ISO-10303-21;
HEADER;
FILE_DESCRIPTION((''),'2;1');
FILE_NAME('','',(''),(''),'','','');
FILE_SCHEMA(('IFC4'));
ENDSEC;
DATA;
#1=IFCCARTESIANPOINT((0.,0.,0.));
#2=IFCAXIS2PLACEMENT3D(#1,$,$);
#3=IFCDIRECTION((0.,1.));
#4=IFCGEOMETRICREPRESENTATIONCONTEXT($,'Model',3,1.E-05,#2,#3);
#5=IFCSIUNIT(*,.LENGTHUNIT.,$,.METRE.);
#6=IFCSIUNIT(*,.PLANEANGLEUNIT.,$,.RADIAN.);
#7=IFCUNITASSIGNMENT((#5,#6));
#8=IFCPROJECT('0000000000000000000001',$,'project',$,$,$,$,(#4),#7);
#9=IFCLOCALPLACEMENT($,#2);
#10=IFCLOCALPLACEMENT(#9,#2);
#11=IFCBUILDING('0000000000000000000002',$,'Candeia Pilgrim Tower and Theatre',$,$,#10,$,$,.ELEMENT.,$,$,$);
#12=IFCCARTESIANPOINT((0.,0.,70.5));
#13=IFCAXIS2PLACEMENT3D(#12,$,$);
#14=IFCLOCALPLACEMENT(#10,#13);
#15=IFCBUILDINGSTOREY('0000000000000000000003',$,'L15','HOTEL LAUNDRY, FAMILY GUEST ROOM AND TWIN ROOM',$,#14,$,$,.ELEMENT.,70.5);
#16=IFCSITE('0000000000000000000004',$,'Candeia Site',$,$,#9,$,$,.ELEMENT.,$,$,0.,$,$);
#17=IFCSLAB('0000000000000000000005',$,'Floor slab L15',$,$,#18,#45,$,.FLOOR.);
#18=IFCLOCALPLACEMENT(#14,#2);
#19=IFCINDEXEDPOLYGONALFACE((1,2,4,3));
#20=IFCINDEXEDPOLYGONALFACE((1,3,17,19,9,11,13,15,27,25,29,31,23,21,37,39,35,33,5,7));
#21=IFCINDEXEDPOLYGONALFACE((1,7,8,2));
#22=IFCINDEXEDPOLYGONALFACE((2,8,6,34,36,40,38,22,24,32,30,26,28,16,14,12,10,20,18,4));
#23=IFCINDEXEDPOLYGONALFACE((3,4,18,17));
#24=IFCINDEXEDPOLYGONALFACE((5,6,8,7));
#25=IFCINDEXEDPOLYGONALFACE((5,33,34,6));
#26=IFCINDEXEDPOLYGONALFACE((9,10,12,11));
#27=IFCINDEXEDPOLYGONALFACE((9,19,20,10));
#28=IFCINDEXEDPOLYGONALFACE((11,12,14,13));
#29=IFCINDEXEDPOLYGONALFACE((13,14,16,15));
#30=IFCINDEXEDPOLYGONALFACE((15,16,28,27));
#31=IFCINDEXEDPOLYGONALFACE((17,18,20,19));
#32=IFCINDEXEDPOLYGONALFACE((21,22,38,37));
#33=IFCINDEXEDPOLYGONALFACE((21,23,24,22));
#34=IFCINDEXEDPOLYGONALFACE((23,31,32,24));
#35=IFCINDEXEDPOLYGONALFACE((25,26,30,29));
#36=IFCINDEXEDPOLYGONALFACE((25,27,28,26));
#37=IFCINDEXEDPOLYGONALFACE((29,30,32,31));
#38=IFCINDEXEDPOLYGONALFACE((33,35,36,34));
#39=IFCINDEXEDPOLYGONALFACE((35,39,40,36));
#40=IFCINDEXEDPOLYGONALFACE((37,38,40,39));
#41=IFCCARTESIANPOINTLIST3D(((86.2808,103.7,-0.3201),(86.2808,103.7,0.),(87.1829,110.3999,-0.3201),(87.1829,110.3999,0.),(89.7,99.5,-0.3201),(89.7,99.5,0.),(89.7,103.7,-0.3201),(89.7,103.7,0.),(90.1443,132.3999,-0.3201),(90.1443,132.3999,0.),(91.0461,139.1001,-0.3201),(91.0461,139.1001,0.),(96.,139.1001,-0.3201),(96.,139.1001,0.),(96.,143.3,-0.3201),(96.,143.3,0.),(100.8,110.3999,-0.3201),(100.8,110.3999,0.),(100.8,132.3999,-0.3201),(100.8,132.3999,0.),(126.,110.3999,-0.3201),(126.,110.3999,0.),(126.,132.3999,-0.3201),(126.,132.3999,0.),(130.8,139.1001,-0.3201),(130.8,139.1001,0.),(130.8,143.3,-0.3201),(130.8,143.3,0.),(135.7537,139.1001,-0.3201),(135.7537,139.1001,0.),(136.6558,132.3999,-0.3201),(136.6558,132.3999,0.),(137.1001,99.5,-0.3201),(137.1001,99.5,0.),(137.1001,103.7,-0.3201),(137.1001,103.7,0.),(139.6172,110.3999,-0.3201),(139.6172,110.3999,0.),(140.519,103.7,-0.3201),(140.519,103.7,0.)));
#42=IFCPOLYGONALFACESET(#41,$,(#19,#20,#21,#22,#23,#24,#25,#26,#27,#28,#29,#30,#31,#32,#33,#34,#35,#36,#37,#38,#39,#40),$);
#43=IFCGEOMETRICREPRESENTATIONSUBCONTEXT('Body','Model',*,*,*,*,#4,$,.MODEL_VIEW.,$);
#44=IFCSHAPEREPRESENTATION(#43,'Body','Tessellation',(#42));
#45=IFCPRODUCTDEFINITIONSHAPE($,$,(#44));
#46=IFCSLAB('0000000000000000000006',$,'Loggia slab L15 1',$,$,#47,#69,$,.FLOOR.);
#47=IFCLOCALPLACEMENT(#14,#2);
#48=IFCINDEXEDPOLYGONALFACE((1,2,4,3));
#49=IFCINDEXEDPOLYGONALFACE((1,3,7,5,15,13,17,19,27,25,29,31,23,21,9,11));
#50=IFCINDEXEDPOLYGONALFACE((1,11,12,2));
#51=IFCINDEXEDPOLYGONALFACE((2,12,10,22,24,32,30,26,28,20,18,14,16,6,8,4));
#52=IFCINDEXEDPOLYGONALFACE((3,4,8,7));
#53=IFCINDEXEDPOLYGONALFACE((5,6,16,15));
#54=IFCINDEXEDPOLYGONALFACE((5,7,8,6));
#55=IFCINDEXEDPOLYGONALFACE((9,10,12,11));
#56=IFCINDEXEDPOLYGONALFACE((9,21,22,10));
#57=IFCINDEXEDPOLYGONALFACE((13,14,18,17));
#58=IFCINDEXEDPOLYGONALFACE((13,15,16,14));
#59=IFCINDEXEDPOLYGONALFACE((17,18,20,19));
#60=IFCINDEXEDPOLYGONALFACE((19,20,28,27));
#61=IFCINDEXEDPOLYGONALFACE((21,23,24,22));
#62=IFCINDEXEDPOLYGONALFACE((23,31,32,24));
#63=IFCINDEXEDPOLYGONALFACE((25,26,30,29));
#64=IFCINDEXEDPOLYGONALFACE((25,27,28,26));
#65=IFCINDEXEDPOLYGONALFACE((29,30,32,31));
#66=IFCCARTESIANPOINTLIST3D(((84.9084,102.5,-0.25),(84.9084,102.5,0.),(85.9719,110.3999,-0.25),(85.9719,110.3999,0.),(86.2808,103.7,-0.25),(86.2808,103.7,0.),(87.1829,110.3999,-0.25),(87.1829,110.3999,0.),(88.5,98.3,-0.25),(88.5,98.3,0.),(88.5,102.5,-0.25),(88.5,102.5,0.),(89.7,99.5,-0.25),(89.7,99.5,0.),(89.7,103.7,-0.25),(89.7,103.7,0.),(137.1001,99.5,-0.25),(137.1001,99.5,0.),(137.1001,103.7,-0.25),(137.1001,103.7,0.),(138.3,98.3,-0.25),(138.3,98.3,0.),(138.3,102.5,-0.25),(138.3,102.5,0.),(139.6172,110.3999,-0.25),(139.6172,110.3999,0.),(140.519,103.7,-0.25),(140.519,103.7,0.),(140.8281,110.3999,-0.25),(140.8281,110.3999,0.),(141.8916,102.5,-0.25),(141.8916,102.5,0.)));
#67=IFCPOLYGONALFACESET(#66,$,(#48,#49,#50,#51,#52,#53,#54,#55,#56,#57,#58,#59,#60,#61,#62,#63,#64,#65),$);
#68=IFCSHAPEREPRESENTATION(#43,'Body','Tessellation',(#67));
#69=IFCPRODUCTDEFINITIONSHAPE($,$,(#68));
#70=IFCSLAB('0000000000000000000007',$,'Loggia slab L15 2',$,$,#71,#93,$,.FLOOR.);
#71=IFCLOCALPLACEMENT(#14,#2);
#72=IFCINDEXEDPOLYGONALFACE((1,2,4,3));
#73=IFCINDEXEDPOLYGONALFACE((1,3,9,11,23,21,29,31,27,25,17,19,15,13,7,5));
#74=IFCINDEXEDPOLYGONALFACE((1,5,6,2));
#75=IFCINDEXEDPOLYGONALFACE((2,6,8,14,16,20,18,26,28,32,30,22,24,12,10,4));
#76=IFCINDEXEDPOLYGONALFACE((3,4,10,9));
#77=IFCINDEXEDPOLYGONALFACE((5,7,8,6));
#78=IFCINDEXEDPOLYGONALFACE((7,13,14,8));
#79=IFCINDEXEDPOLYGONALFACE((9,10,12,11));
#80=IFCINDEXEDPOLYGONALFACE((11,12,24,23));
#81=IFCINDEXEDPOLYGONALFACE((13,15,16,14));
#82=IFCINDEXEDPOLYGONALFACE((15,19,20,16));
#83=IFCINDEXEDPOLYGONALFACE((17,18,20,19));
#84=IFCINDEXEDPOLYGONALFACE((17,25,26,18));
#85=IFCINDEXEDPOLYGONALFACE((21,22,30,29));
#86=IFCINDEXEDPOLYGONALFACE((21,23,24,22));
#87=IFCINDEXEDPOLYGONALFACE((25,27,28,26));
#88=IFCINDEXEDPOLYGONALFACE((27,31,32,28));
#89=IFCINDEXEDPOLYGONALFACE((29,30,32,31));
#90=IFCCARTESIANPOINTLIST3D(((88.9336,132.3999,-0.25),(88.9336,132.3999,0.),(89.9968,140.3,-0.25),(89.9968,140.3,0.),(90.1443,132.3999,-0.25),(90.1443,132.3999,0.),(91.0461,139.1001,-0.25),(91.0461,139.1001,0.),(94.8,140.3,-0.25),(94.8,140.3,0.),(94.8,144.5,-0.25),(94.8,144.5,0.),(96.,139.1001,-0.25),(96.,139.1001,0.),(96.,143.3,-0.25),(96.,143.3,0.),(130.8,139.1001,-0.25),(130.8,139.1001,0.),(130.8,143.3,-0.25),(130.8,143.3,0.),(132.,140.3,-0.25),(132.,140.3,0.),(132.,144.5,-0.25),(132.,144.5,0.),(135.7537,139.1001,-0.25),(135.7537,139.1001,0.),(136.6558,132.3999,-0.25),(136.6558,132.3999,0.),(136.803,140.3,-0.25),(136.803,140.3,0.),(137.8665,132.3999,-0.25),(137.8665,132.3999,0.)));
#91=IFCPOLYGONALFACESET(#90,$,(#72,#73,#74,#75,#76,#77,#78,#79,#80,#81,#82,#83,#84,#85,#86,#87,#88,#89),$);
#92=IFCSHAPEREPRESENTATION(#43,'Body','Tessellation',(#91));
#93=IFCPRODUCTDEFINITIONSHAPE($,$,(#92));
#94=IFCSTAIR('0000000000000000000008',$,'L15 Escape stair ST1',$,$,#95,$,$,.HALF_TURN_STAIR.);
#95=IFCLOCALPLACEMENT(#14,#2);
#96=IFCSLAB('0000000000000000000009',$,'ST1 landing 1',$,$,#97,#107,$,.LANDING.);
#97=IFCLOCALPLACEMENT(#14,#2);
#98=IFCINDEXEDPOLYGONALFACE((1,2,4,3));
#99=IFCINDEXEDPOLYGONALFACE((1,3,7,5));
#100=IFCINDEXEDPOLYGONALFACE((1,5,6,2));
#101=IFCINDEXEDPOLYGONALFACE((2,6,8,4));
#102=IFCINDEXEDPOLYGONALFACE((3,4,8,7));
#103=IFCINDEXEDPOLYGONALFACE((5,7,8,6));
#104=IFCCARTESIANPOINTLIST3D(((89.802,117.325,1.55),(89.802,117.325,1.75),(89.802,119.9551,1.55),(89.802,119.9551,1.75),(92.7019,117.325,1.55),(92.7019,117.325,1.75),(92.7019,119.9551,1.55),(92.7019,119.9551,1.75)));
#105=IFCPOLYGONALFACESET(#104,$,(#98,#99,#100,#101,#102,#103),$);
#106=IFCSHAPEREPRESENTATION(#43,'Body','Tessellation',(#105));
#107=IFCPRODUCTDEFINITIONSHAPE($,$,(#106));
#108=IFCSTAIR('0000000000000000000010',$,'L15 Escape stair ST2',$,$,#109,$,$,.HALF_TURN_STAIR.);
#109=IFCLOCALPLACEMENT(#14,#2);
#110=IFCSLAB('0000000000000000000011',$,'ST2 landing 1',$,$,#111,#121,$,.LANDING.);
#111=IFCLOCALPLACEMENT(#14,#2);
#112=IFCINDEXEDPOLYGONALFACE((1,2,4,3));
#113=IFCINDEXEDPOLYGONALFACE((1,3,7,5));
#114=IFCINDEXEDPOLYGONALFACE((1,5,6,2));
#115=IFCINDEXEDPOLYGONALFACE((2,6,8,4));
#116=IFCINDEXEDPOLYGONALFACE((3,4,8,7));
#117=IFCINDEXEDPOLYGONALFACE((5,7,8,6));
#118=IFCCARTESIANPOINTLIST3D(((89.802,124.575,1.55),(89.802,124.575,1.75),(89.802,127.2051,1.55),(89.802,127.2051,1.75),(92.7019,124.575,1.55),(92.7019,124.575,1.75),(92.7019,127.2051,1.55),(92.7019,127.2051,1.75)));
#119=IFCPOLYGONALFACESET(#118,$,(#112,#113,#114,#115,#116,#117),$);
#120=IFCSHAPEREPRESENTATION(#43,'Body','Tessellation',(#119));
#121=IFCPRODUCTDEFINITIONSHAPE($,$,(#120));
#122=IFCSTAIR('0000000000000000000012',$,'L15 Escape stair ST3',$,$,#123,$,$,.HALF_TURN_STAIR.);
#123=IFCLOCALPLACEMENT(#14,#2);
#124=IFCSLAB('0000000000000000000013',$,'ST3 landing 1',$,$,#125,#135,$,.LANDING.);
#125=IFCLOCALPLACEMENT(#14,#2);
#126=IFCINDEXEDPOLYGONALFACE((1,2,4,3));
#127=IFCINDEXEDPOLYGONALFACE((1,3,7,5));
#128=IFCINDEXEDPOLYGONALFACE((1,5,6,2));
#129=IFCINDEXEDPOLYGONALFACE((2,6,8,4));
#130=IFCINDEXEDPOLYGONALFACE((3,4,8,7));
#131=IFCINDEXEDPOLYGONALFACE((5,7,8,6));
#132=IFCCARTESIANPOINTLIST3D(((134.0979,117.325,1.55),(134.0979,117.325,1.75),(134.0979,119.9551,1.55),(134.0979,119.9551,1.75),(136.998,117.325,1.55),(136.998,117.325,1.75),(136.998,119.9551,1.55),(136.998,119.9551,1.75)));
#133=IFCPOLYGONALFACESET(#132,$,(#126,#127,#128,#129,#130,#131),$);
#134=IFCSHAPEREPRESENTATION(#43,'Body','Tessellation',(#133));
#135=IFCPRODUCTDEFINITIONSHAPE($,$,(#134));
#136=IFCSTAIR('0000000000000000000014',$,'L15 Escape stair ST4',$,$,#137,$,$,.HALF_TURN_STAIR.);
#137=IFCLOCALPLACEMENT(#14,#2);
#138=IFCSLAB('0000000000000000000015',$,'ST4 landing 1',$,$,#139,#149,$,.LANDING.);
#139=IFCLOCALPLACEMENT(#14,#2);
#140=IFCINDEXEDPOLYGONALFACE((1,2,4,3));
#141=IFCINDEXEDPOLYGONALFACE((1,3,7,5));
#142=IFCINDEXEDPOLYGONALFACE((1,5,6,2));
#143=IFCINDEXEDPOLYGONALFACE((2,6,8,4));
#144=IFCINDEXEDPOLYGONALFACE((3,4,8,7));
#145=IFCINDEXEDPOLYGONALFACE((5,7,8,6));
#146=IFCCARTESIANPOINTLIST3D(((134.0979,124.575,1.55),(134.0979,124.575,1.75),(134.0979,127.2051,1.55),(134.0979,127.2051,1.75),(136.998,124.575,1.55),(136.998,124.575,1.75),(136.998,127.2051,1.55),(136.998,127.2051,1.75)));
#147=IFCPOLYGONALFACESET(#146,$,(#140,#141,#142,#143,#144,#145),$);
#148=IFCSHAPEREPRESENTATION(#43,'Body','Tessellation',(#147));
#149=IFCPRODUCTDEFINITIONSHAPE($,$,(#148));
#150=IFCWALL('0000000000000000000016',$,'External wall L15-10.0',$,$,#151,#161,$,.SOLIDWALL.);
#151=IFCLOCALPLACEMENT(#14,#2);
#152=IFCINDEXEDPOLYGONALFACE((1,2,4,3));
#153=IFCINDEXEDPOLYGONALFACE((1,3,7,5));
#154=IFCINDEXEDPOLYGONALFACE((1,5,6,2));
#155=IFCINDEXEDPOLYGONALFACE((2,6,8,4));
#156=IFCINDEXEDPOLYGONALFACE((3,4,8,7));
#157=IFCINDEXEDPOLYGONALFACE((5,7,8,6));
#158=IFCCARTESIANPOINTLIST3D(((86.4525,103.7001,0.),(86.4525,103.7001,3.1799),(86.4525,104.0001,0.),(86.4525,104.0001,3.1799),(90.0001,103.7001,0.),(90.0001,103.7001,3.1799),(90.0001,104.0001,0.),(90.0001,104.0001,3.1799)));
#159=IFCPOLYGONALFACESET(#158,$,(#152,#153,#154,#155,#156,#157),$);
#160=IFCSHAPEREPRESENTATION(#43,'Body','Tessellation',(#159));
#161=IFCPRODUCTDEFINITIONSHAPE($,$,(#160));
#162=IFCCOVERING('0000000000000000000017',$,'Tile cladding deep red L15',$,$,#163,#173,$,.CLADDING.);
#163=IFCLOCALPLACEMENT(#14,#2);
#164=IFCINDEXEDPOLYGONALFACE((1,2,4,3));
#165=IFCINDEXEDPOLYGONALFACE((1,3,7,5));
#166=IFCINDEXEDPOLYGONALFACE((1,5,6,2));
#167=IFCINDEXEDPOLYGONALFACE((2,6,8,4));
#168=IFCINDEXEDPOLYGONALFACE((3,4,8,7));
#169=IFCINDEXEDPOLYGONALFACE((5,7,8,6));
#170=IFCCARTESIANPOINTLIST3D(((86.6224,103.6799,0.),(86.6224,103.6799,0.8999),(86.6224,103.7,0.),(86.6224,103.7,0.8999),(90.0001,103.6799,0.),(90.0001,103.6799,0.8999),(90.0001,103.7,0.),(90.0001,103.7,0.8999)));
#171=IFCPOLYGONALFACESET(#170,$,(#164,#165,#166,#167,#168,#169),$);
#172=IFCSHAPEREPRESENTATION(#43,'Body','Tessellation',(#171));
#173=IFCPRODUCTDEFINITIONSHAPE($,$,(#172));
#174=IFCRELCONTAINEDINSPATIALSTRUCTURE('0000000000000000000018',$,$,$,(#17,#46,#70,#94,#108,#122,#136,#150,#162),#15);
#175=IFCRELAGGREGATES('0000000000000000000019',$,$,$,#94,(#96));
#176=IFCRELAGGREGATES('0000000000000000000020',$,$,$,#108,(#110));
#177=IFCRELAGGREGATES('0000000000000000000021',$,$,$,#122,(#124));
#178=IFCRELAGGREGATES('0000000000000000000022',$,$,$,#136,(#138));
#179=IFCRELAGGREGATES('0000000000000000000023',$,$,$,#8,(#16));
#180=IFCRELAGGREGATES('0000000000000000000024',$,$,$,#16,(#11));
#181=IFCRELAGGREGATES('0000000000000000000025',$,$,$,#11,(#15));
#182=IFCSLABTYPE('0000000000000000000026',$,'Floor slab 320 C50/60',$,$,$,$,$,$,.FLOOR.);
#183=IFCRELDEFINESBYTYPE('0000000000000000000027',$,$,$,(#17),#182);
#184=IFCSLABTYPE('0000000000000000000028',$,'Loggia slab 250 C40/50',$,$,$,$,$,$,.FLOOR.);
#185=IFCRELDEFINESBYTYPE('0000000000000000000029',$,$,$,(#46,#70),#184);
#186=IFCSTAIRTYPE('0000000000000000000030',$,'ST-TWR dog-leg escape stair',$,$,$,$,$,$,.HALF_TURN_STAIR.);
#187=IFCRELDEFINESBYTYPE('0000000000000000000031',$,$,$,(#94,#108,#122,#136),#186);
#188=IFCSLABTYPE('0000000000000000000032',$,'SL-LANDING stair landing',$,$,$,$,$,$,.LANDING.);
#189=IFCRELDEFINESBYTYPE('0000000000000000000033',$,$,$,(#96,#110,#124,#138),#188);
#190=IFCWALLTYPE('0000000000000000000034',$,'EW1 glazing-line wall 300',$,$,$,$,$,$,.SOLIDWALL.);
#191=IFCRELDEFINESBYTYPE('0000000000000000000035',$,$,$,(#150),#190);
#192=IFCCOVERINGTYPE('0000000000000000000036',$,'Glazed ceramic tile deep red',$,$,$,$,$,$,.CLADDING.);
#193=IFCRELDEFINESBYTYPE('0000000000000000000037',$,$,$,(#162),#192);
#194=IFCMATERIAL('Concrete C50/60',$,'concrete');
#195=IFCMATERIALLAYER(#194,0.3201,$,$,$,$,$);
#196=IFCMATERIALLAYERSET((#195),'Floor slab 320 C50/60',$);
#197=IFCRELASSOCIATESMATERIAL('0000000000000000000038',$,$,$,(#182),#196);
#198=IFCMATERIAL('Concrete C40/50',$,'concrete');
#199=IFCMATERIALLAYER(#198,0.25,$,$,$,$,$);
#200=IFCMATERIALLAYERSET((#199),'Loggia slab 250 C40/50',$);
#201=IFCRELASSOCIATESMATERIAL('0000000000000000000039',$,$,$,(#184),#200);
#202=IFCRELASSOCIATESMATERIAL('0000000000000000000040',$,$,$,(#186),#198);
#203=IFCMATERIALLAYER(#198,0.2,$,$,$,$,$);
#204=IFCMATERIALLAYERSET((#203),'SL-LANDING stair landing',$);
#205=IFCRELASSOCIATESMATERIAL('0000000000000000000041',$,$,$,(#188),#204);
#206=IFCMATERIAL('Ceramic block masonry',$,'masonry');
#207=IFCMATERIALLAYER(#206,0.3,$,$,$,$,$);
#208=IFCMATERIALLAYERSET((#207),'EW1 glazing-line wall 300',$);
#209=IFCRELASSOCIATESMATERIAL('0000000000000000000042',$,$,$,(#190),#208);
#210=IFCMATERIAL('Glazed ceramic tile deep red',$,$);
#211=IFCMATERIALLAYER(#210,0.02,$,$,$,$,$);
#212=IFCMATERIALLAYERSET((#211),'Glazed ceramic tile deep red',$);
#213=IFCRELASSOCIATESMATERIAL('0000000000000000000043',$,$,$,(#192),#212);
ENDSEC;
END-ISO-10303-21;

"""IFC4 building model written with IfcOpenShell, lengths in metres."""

from ifc_helpers import new_model, si_unit, direction, frame, frame_2d, origin, origin_2d, place, context, subcontext, project, spatial, polyline, rectangle, outline, extrude, material, layer, layer_set, type_object, element, aggregate, save


model = new_model("IFC4")

# Units and contexts
model_context = context("Model", 3, precision=1e-05, world=origin(), true_north=direction((0.0, 1.0)))
body_context = subcontext(model_context, "Body", "Model", "MODEL_VIEW")
ifc_project = project(units=[si_unit("LENGTHUNIT", "METRE"), si_unit("PLANEANGLEUNIT", "RADIAN")], contexts=[model_context])

# Site, building, storey
site_placement = place(None, origin())
site = spatial("IfcSite", under=ifc_project, at=site_placement, Name="Candeia Site", CompositionType="ELEMENT", RefElevation=0.0)
building_placement = place(site_placement, origin())
building = spatial("IfcBuilding", under=site, at=building_placement, Name="Candeia Pilgrim Tower and Theatre", CompositionType="ELEMENT")
storey_placement = place(building_placement, frame((0.0, 0.0, 70.5)))
storey = spatial("IfcBuildingStorey", under=building, at=storey_placement, Name="L15", Description="HOTEL LAUNDRY, FAMILY GUEST ROOM AND TWIN ROOM", CompositionType="ELEMENT", Elevation=70.5)

# Slabs
ifc_material_1 = material(Name="Concrete C40/50", Category="concrete")
ifc_material_2 = material(Name="Concrete C50/60", Category="concrete")
ifc_layer_1 = layer(ifc_material_2, 0.3201)
ifc_layer_set_1 = layer_set([ifc_layer_1], Name="Floor slab 320 C50/60")
slab_type_1 = type_object("IfcSlabType", Name="Floor slab 320 C50/60", PredefinedType="FLOOR", material=ifc_layer_set_1)
slab_1_placement = place(storey_placement, frame((0.0, 0.0, -0.3201)))
element("IfcSlab", 1, at=slab_1_placement, inside=storey, type_object=slab_type_1, Name="Floor slab L15", PredefinedType="FLOOR", context=body_context, shape_type="SweptSolid", body=[
    extrude(outline(polyline([(96.0, 139.1001), (96.0, 143.3), (130.8, 143.3), (130.8, 139.1001), (135.7537, 139.1001), (136.6558, 132.3999), (126.0, 132.3999), (126.0, 110.3999), (139.6172, 110.3999), (140.519, 103.7), (137.1001, 103.7), (137.1001, 99.5), (89.7, 99.5), (89.7, 103.7), (86.2808, 103.7), (87.1829, 110.3999), (100.8, 110.3999), (100.8, 132.3999), (90.1443, 132.3999), (91.0461, 139.1001), (96.0, 139.1001)])), origin(), (0.0, 0.0, 1.0), 0.3201),
])
ifc_layer_2 = layer(ifc_material_1, 0.25)
ifc_layer_set_2 = layer_set([ifc_layer_2], Name="Loggia slab 250 C40/50")
slab_type_2 = type_object("IfcSlabType", Name="Loggia slab 250 C40/50", PredefinedType="FLOOR", material=ifc_layer_set_2)
slab_2_placement = place(storey_placement, frame((0.0, 0.0, -0.25)))
element("IfcSlab", 2, at=slab_2_placement, inside=storey, type_object=slab_type_2, Name="Loggia slab L15 1", PredefinedType="FLOOR", context=body_context, shape_type="SweptSolid", body=[
    extrude(outline(polyline([(87.1829, 110.3999), (86.2808, 103.7), (89.7, 103.7), (89.7, 99.5), (137.1001, 99.5), (137.1001, 103.7), (140.519, 103.7), (139.6172, 110.3999), (140.8281, 110.3999), (141.8916, 102.5), (138.3, 102.5), (138.3, 98.3), (88.5, 98.3), (88.5, 102.5), (84.9084, 102.5), (85.9719, 110.3999), (87.1829, 110.3999)])), origin(), (0.0, 0.0, 1.0), 0.25),
])
slab_3_placement = place(storey_placement, frame((0.0, 0.0, -0.25)))
element("IfcSlab", 3, at=slab_3_placement, inside=storey, type_object=slab_type_2, Name="Loggia slab L15 2", PredefinedType="FLOOR", context=body_context, shape_type="SweptSolid", body=[
    extrude(outline(polyline([(136.6558, 132.3999), (135.7537, 139.1001), (130.8, 139.1001), (130.8, 143.3), (96.0, 143.3), (96.0, 139.1001), (91.0461, 139.1001), (90.1443, 132.3999), (88.9336, 132.3999), (89.9968, 140.3), (94.8, 140.3), (94.8, 144.5), (132.0, 144.5), (132.0, 140.3), (136.803, 140.3), (137.8665, 132.3999), (136.6558, 132.3999)])), origin(), (0.0, 0.0, 1.0), 0.25),
])

# Stairs, slabs
stair_type = type_object("IfcStairType", Name="ST-TWR dog-leg escape stair", PredefinedType="HALF_TURN_STAIR", material=ifc_material_1)
stair_1_placement = place(storey_placement, origin())
stair_1 = element("IfcStair", 4, at=stair_1_placement, inside=storey, type_object=stair_type, Name="L15 Escape stair ST1", PredefinedType="HALF_TURN_STAIR")
ifc_layer_3 = layer(ifc_material_1, 0.2)
ifc_layer_set_3 = layer_set([ifc_layer_3], Name="SL-LANDING stair landing")
slab_type_3 = type_object("IfcSlabType", Name="SL-LANDING stair landing", PredefinedType="LANDING", material=ifc_layer_set_3)
slab_4_placement = place(storey_placement, frame((0.0, 0.0, 1.55)))
slab_4 = element("IfcSlab", 5, at=slab_4_placement, type_object=slab_type_3, Name="ST1 landing 1", PredefinedType="LANDING", context=body_context, shape_type="SweptSolid", body=[
    extrude(outline(polyline([(89.802, 119.9551), (89.802, 117.325), (92.7019, 117.325), (92.7019, 119.9551), (89.802, 119.9551)])), origin(), (0.0, 0.0, 1.0), 0.2),
])
aggregate(stair_1, [slab_4])
stair_2_placement = place(storey_placement, origin())
stair_2 = element("IfcStair", 6, at=stair_2_placement, inside=storey, type_object=stair_type, Name="L15 Escape stair ST2", PredefinedType="HALF_TURN_STAIR")
slab_5_placement = place(storey_placement, frame((0.0, 0.0, 1.55)))
slab_5 = element("IfcSlab", 7, at=slab_5_placement, type_object=slab_type_3, Name="ST2 landing 1", PredefinedType="LANDING", context=body_context, shape_type="SweptSolid", body=[
    extrude(outline(polyline([(89.802, 127.2051), (89.802, 124.575), (92.7019, 124.575), (92.7019, 127.2051), (89.802, 127.2051)])), origin(), (0.0, 0.0, 1.0), 0.2),
])
aggregate(stair_2, [slab_5])
stair_3_placement = place(storey_placement, origin())
stair_3 = element("IfcStair", 8, at=stair_3_placement, inside=storey, type_object=stair_type, Name="L15 Escape stair ST3", PredefinedType="HALF_TURN_STAIR")
slab_6_placement = place(storey_placement, frame((0.0, 0.0, 1.55)))
slab_6 = element("IfcSlab", 9, at=slab_6_placement, type_object=slab_type_3, Name="ST3 landing 1", PredefinedType="LANDING", context=body_context, shape_type="SweptSolid", body=[
    extrude(outline(polyline([(134.0979, 119.9551), (134.0979, 117.325), (136.998, 117.325), (136.998, 119.9551), (134.0979, 119.9551)])), origin(), (0.0, 0.0, 1.0), 0.2),
])
aggregate(stair_3, [slab_6])
stair_4_placement = place(storey_placement, origin())
stair_4 = element("IfcStair", 10, at=stair_4_placement, inside=storey, type_object=stair_type, Name="L15 Escape stair ST4", PredefinedType="HALF_TURN_STAIR")
slab_7_placement = place(storey_placement, frame((0.0, 0.0, 1.55)))
slab_7 = element("IfcSlab", 11, at=slab_7_placement, type_object=slab_type_3, Name="ST4 landing 1", PredefinedType="LANDING", context=body_context, shape_type="SweptSolid", body=[
    extrude(outline(polyline([(134.0979, 127.2051), (134.0979, 124.575), (136.998, 124.575), (136.998, 127.2051), (134.0979, 127.2051)])), origin(), (0.0, 0.0, 1.0), 0.2),
])
aggregate(stair_4, [slab_7])

# Wall
ifc_material_3 = material(Name="Ceramic block masonry", Category="masonry")
ifc_layer_4 = layer(ifc_material_3, 0.3)
ifc_layer_set_4 = layer_set([ifc_layer_4], Name="EW1 glazing-line wall 300")
wall_type = type_object("IfcWallType", Name="EW1 glazing-line wall 300", PredefinedType="SOLIDWALL", material=ifc_layer_set_4)
wall_placement = place(storey_placement, frame((86.4524, 103.8501, 0.0), z_axis=(0.0, 0.0, 1.0), x_axis=(1.0, 0.0, 0.0)))
element("IfcWall", 12, at=wall_placement, inside=storey, type_object=wall_type, Name="External wall L15-10.0", PredefinedType="SOLIDWALL", context=body_context, shape_type="SweptSolid", body=[
    extrude(rectangle(XDim=3.5476, YDim=0.3, at=frame_2d((1.7739, 0.0))), origin(), (0.0, 0.0, 1.0), 3.1799),
])

# Covering
ifc_material_4 = material(Name="Glazed ceramic tile deep red")
ifc_layer_5 = layer(ifc_material_4, 0.02)
ifc_layer_set_5 = layer_set([ifc_layer_5], Name="Glazed ceramic tile deep red")
covering_type = type_object("IfcCoveringType", Name="Glazed ceramic tile deep red", PredefinedType="CLADDING", material=ifc_layer_set_5)
covering_placement = place(storey_placement, frame((88.3113, 103.6899, 0.0), z_axis=(0.0, 0.0, 1.0), x_axis=(1.0, 0.0, 0.0)))
element("IfcCovering", 13, at=covering_placement, inside=storey, type_object=covering_type, Name="Tile cladding deep red L15", PredefinedType="CLADDING", context=body_context, shape_type="SweptSolid", body=[
    extrude(rectangle(XDim=3.3777, YDim=0.02, at=origin_2d()), origin(), (0.0, 0.0, 1.0), 0.8999),
])

save(model, "model.ifc")
